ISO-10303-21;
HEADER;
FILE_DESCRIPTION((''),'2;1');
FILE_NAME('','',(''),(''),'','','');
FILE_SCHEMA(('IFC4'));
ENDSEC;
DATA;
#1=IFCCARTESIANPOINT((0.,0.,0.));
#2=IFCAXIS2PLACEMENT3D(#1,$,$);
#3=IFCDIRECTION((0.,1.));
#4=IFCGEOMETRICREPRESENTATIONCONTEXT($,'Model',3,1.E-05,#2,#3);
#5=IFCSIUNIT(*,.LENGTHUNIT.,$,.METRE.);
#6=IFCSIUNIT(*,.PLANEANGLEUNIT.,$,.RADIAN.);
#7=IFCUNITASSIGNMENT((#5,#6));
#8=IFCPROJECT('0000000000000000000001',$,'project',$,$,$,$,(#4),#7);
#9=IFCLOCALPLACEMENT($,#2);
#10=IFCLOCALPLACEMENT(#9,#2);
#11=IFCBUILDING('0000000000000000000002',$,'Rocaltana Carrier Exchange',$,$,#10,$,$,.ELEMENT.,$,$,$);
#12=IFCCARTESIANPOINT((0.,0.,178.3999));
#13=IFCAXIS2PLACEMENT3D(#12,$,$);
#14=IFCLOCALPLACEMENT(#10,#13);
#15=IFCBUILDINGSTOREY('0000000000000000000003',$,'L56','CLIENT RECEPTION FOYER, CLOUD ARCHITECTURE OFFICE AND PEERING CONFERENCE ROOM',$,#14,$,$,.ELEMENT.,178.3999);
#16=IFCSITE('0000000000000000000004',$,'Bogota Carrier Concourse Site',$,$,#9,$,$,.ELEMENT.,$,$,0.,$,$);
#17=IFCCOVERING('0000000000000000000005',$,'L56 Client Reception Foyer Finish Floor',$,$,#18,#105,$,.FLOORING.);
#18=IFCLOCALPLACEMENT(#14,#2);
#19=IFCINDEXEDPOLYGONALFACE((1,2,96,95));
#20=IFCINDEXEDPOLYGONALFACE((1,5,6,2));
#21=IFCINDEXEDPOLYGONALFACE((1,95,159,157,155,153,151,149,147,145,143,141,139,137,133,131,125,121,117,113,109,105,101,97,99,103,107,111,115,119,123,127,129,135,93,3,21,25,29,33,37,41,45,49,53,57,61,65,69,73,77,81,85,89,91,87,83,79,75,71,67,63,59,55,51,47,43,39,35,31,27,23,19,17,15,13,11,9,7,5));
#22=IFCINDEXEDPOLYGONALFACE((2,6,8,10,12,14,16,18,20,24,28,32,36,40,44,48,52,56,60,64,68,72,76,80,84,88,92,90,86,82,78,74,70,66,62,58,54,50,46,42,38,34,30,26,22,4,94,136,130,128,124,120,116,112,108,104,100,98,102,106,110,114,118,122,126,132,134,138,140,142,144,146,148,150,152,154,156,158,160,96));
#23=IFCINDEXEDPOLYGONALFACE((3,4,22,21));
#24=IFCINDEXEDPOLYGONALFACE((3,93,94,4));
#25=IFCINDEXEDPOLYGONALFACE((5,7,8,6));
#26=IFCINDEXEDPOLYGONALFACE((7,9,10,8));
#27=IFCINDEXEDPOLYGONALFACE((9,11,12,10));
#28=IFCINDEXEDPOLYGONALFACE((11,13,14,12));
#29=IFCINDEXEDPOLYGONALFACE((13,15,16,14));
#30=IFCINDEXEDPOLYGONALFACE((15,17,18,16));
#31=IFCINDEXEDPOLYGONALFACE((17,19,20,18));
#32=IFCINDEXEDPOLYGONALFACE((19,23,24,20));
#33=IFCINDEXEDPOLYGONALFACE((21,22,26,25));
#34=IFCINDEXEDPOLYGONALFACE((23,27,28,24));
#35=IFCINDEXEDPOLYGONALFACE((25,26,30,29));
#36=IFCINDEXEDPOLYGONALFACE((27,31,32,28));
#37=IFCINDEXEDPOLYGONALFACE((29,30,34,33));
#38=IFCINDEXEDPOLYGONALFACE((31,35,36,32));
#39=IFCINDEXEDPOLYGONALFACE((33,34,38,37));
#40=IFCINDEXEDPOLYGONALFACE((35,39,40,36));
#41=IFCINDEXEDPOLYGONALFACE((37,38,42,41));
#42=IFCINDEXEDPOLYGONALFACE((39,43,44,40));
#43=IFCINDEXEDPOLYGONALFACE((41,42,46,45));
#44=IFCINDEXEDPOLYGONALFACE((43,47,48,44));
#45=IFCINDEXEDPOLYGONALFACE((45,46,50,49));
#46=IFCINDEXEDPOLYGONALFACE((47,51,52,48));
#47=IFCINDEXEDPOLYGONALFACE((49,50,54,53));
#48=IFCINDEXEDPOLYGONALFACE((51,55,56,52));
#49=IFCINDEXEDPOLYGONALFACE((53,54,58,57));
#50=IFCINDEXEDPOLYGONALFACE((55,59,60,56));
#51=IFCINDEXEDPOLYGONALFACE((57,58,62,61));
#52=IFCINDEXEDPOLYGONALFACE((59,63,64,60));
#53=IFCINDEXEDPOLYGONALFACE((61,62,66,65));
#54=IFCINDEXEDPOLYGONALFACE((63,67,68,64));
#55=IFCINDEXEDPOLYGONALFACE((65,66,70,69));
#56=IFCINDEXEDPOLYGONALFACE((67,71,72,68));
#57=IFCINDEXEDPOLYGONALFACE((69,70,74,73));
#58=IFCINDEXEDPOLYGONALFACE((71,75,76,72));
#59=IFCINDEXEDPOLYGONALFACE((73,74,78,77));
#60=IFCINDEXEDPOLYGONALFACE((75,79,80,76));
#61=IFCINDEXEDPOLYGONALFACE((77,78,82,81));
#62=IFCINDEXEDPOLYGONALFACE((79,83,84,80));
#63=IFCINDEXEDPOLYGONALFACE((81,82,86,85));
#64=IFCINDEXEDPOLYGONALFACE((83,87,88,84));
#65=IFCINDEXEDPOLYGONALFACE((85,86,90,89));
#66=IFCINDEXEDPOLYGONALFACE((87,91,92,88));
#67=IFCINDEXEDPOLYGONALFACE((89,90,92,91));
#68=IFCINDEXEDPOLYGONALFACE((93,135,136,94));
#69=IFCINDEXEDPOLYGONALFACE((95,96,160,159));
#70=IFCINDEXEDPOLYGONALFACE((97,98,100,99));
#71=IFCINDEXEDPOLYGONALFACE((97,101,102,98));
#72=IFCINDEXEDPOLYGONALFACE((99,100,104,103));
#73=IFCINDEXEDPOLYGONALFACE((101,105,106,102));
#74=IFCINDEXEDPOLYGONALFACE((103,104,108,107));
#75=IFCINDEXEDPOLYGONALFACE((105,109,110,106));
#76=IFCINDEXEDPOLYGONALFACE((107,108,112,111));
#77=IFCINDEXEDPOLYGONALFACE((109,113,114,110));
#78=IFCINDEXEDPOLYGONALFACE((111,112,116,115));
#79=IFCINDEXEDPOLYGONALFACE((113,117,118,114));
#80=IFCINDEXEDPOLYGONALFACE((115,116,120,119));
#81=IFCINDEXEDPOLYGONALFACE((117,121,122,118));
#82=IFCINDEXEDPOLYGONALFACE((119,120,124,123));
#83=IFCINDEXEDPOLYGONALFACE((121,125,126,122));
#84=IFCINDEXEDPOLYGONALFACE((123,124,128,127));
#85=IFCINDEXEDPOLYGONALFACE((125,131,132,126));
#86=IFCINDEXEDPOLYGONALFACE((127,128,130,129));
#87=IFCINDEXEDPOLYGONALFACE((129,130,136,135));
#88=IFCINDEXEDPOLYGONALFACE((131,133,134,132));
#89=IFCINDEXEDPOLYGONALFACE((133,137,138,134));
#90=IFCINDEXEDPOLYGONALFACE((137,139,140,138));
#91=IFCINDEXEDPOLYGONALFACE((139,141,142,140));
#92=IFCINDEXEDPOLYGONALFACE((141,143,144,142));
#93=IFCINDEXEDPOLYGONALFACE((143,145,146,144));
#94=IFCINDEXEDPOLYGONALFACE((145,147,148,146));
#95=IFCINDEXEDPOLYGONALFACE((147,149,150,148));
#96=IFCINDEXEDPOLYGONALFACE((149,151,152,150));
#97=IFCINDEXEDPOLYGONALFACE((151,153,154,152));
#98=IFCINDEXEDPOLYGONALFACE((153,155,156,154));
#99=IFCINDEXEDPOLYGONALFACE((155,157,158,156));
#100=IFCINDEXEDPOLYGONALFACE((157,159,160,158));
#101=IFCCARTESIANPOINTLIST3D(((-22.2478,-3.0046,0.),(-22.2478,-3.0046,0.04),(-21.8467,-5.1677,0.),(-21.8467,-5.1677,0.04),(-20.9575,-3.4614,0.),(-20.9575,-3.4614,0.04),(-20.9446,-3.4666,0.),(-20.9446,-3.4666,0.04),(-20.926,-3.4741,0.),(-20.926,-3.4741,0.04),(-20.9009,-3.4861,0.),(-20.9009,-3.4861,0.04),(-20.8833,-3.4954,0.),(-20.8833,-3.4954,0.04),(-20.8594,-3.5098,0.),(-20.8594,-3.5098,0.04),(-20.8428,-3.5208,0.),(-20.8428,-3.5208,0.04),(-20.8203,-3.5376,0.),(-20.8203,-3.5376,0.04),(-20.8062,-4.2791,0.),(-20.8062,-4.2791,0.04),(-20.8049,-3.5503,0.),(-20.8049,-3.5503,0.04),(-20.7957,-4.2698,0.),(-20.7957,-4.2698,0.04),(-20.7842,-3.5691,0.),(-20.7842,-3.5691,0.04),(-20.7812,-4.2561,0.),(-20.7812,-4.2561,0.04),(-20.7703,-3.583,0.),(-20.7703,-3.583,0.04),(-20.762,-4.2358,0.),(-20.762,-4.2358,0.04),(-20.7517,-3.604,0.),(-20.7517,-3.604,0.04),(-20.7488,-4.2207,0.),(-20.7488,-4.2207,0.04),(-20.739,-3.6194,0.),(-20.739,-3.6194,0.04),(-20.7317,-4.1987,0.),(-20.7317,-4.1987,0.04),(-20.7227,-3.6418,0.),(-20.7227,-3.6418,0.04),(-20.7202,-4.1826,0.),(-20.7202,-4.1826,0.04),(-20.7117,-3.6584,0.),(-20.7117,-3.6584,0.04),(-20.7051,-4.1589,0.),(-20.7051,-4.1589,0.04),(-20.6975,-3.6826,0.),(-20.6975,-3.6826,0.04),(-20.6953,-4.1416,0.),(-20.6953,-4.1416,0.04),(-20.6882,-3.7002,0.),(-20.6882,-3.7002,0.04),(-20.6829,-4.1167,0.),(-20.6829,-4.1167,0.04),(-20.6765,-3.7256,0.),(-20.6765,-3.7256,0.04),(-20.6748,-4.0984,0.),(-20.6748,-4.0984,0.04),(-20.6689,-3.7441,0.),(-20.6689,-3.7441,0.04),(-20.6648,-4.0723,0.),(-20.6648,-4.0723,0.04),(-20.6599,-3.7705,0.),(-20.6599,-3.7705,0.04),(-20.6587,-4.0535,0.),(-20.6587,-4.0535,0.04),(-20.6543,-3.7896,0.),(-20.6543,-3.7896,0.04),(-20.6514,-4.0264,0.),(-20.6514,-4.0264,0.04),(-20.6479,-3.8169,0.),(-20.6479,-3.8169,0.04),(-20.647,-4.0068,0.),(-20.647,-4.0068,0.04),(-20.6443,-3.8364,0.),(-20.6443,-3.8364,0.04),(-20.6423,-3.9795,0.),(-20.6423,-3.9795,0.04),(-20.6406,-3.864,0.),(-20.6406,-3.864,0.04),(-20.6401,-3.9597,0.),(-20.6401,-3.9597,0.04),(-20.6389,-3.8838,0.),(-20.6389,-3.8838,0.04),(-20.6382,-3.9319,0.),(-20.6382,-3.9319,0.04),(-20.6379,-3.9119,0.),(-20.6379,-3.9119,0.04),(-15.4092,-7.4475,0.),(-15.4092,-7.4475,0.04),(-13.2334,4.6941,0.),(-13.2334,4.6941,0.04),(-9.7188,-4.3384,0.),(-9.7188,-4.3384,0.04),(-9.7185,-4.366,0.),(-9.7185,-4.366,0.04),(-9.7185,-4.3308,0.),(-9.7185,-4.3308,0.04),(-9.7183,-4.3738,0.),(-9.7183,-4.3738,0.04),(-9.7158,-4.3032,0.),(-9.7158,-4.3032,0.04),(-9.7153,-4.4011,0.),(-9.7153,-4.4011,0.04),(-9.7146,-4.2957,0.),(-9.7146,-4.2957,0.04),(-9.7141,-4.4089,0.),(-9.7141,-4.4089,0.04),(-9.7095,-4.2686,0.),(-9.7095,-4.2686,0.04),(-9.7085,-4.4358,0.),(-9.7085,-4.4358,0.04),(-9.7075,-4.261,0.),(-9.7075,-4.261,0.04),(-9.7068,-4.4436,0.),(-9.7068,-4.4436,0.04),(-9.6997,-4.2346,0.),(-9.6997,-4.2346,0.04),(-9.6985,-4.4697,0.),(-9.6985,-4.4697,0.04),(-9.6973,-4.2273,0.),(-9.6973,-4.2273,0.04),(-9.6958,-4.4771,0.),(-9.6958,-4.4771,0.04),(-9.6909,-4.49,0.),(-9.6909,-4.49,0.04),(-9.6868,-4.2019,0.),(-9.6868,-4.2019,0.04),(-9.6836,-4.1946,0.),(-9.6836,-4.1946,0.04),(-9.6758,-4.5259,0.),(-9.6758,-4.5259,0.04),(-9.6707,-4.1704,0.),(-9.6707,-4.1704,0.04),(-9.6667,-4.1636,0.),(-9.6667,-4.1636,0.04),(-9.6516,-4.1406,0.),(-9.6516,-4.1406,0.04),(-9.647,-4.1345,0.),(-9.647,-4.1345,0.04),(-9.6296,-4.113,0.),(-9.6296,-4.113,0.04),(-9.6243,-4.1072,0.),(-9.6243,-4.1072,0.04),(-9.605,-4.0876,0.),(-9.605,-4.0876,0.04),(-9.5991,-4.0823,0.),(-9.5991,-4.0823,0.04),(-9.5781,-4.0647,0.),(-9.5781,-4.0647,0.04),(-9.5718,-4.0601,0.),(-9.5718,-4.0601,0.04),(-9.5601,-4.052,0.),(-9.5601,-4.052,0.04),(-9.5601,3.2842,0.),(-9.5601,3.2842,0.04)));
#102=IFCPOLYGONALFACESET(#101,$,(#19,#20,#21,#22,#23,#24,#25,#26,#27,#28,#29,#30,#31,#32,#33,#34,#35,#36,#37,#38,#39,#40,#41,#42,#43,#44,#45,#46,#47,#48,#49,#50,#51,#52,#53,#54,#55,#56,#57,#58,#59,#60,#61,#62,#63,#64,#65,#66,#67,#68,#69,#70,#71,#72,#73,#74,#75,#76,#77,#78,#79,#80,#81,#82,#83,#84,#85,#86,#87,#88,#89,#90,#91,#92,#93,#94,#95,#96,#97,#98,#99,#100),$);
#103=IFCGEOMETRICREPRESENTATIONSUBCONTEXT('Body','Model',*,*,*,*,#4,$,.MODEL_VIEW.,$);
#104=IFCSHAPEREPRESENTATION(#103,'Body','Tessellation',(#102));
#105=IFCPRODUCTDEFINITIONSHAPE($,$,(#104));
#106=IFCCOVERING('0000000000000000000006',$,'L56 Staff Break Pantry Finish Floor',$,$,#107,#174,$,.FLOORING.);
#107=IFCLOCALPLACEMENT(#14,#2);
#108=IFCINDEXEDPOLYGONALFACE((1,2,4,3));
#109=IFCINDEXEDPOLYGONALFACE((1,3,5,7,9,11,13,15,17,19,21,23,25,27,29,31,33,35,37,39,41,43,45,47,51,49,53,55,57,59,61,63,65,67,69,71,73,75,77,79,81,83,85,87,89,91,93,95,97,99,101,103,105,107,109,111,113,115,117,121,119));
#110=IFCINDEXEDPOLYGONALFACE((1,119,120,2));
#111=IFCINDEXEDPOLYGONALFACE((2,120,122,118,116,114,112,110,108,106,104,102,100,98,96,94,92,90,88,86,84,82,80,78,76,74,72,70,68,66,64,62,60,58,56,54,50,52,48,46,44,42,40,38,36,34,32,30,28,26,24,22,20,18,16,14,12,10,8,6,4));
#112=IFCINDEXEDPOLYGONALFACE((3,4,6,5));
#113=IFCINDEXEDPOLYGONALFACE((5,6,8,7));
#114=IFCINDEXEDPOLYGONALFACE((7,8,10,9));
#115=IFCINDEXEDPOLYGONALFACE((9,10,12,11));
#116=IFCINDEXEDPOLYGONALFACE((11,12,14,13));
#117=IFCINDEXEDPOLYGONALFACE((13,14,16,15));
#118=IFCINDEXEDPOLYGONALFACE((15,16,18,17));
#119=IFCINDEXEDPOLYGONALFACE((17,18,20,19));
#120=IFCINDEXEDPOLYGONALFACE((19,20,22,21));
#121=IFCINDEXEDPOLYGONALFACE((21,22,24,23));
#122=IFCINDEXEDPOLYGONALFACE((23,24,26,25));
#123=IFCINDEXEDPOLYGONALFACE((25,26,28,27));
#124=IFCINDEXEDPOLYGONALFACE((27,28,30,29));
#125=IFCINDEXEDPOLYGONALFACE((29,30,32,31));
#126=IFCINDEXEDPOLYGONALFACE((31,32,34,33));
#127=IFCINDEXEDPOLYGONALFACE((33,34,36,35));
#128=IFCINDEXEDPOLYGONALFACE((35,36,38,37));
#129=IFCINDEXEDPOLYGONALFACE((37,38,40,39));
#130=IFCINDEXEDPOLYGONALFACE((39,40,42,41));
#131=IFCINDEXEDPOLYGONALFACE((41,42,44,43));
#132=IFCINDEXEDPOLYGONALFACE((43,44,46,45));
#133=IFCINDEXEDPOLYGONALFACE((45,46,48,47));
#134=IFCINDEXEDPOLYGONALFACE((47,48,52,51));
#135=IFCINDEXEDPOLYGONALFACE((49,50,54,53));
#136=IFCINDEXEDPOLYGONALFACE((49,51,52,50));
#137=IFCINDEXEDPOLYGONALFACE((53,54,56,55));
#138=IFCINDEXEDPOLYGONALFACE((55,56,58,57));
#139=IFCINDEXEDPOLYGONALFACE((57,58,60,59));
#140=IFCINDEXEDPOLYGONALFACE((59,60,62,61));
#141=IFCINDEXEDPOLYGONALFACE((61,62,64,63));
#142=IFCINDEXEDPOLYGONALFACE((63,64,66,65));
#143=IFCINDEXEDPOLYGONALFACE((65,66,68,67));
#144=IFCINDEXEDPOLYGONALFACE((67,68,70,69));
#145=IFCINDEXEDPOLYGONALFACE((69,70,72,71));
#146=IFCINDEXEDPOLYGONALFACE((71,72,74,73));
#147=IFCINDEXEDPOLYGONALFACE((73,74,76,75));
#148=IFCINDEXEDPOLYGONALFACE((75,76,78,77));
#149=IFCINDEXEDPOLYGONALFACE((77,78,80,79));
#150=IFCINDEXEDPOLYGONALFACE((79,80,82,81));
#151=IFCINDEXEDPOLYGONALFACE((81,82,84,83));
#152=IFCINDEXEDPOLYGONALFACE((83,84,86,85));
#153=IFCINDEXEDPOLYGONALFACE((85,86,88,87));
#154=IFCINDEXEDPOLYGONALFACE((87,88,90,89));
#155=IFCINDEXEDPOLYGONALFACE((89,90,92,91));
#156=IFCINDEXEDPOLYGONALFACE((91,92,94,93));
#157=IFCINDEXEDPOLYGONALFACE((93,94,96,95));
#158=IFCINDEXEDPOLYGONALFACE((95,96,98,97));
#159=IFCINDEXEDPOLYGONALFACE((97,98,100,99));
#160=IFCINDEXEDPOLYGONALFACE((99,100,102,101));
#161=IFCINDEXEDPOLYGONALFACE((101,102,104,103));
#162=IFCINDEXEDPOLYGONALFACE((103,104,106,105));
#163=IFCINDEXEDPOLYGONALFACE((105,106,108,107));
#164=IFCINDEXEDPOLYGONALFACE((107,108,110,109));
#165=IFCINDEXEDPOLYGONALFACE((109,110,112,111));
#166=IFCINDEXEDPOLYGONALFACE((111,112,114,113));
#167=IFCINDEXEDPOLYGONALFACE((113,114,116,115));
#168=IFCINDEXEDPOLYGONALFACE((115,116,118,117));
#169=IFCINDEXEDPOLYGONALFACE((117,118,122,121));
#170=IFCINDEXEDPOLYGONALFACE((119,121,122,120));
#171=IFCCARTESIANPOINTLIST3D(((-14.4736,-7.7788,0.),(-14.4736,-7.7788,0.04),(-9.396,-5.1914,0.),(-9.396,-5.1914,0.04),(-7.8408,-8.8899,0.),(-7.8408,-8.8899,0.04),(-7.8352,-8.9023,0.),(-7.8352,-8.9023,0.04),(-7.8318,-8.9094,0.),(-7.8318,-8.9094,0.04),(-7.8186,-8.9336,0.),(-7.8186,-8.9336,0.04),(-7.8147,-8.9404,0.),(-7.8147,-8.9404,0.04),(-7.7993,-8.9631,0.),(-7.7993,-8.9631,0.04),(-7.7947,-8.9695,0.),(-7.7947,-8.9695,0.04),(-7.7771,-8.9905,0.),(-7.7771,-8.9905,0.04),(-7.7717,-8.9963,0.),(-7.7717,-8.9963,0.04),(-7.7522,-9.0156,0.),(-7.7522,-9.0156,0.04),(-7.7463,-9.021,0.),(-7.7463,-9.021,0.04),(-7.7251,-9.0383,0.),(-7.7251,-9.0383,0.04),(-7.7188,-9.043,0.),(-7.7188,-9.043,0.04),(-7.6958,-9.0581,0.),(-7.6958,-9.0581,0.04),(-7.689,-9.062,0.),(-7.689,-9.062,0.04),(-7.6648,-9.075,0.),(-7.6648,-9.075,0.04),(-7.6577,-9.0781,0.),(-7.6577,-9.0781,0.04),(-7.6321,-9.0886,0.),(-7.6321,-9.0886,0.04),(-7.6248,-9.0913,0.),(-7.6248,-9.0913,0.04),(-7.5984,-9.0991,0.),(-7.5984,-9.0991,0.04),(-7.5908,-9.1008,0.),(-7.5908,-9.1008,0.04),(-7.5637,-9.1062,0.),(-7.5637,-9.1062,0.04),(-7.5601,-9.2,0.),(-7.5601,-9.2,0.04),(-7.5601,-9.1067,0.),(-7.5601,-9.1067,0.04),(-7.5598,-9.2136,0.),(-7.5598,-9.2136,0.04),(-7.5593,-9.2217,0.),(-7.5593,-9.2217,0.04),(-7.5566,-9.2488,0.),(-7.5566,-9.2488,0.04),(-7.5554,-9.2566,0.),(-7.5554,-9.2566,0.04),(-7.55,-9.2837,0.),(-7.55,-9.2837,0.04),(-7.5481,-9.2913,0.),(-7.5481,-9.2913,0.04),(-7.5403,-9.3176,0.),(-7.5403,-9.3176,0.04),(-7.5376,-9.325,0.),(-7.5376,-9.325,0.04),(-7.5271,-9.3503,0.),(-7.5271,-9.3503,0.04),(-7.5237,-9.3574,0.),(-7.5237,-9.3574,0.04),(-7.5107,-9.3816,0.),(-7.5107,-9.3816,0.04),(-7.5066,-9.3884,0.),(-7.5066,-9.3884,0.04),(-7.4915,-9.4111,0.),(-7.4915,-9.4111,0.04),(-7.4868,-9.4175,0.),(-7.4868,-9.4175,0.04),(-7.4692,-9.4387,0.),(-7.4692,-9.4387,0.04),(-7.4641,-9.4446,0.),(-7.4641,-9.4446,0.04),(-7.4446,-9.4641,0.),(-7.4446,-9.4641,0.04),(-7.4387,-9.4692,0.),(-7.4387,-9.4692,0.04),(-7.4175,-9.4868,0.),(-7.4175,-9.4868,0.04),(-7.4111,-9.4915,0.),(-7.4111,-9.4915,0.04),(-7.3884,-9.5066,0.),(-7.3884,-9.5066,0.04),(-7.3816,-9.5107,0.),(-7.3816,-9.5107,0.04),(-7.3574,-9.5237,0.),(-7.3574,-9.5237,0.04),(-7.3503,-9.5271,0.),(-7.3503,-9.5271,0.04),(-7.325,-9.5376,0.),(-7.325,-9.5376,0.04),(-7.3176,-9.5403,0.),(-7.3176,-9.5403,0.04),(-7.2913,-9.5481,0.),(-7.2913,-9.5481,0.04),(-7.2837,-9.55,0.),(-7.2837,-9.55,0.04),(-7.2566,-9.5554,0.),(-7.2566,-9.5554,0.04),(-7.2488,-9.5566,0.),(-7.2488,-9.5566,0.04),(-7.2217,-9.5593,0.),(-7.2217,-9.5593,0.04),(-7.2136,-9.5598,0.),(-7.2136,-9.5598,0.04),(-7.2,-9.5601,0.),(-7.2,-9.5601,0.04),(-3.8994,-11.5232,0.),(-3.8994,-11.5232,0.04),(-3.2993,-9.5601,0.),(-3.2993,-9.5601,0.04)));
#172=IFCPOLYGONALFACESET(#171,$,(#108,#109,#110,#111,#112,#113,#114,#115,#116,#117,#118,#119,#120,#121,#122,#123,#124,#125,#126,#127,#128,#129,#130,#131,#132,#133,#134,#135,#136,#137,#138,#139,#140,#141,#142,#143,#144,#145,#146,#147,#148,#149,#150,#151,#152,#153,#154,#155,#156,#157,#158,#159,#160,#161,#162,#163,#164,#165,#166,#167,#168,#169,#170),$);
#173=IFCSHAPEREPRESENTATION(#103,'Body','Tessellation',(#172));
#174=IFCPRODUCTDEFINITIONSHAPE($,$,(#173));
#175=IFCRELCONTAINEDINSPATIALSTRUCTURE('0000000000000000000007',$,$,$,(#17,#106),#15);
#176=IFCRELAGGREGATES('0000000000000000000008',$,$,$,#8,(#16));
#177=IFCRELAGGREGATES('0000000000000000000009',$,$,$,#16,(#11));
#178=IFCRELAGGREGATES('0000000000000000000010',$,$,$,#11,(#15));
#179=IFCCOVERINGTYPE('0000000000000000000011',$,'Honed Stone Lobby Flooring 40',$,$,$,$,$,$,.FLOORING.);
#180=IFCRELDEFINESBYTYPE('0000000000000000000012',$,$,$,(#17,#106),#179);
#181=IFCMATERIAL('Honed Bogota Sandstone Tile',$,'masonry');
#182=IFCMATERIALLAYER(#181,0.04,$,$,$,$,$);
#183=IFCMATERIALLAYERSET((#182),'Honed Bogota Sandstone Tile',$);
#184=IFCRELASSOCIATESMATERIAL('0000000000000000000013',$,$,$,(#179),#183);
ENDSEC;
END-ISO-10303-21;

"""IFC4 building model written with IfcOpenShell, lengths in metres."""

from ifc_helpers import new_model, si_unit, direction, frame, origin, place, context, subcontext, project, spatial, polyline, outline, extrude, material, layer, layer_set, type_object, element, save


model = new_model("IFC4")

# Units and contexts
model_context = context("Model", 3, precision=1e-05, world=origin(), true_north=direction((0.0, 1.0)))
body_context = subcontext(model_context, "Body", "Model", "MODEL_VIEW")
ifc_project = project(units=[si_unit("LENGTHUNIT", "METRE"), si_unit("PLANEANGLEUNIT", "RADIAN")], contexts=[model_context])

# Site, building, storey
site_placement = place(None, origin())
site = spatial("IfcSite", under=ifc_project, at=site_placement, Name="Bogota Carrier Concourse Site", CompositionType="ELEMENT", RefElevation=0.0)
building_placement = place(site_placement, origin())
building = spatial("IfcBuilding", under=site, at=building_placement, Name="Rocaltana Carrier Exchange", CompositionType="ELEMENT")
storey_placement = place(building_placement, frame((0.0, 0.0, 178.3999)))
storey = spatial("IfcBuildingStorey", under=building, at=storey_placement, Name="L56", Description="CLIENT RECEPTION FOYER, CLOUD ARCHITECTURE OFFICE AND PEERING CONFERENCE ROOM", CompositionType="ELEMENT", Elevation=178.3999)

# Coverings
ifc_material_1 = material(Name="Honed Bogota Sandstone Tile", Category="masonry")
ifc_layer_1 = layer(ifc_material_1, 0.04)
ifc_layer_set_1 = layer_set([ifc_layer_1], Name="Honed Bogota Sandstone Tile")
covering_type_1 = type_object("IfcCoveringType", Name="Honed Stone Lobby Flooring 40", PredefinedType="FLOORING", material=ifc_layer_set_1)
covering_1_placement = place(storey_placement, origin())
element("IfcCovering", 1, at=covering_1_placement, inside=storey, type_object=covering_type_1, Name="L56 Client Reception Foyer Finish Floor", PredefinedType="FLOORING", context=body_context, shape_type="SweptSolid", body=[
    extrude(outline(polyline([(-20.8062, -4.2791), (-20.7957, -4.2698), (-20.7812, -4.2561), (-20.762, -4.2358), (-20.7488, -4.2207), (-20.7317, -4.1987), (-20.7202, -4.1826), (-20.7051, -4.1589), (-20.6953, -4.1416), (-20.6829, -4.1167), (-20.6748, -4.0984), (-20.6648, -4.0723), (-20.6587, -4.0535), (-20.6514, -4.0264), (-20.647, -4.0068), (-20.6423, -3.9795), (-20.6401, -3.9597), (-20.6382, -3.9319), (-20.6379, -3.9119), (-20.6389, -3.8838), (-20.6406, -3.864), (-20.6443, -3.8364), (-20.6479, -3.8169), (-20.6543, -3.7896), (-20.6599, -3.7705), (-20.6689, -3.7441), (-20.6765, -3.7256), (-20.6882, -3.7002), (-20.6975, -3.6826), (-20.7117, -3.6584), (-20.7227, -3.6418), (-20.739, -3.6194), (-20.7517, -3.604), (-20.7703, -3.583), (-20.7842, -3.5691), (-20.8049, -3.5503), (-20.8203, -3.5376), (-20.8428, -3.5208), (-20.8594, -3.5098), (-20.8833, -3.4954), (-20.9009, -3.4861), (-20.926, -3.4741), (-20.9446, -3.4666), (-20.9575, -3.4614), (-22.2478, -3.0046), (-13.2334, 4.6941), (-9.5601, 3.2842), (-9.5601, -4.052), (-9.5718, -4.0601), (-9.5781, -4.0647), (-9.5991, -4.0823), (-9.605, -4.0876), (-9.6243, -4.1072), (-9.6296, -4.113), (-9.647, -4.1345), (-9.6516, -4.1406), (-9.6667, -4.1636), (-9.6707, -4.1704), (-9.6836, -4.1946), (-9.6868, -4.2019), (-9.6973, -4.2273), (-9.6997, -4.2346), (-9.7075, -4.261), (-9.7095, -4.2686), (-9.7146, -4.2957), (-9.7158, -4.3032), (-9.7185, -4.3308), (-9.7188, -4.3384), (-9.7185, -4.366), (-9.7183, -4.3738), (-9.7153, -4.4011), (-9.7141, -4.4089), (-9.7085, -4.4358), (-9.7068, -4.4436), (-9.6985, -4.4697), (-9.6958, -4.4771), (-9.6909, -4.49), (-9.6758, -4.5259), (-15.4092, -7.4475), (-21.8467, -5.1677), (-20.8062, -4.2791)])), origin(), (0.0, 0.0, 1.0), 0.04),
])
covering_2_placement = place(storey_placement, origin())
element("IfcCovering", 2, at=covering_2_placement, inside=storey, type_object=covering_type_1, Name="L56 Staff Break Pantry Finish Floor", PredefinedType="FLOORING", context=body_context, shape_type="SweptSolid", body=[
    extrude(outline(polyline([(-14.4736, -7.7788), (-9.396, -5.1914), (-7.8408, -8.8899), (-7.8352, -8.9023), (-7.8318, -8.9094), (-7.8186, -8.9336), (-7.8147, -8.9404), (-7.7993, -8.9631), (-7.7947, -8.9695), (-7.7771, -8.9905), (-7.7717, -8.9963), (-7.7522, -9.0156), (-7.7463, -9.021), (-7.7251, -9.0383), (-7.7188, -9.043), (-7.6958, -9.0581), (-7.689, -9.062), (-7.6648, -9.075), (-7.6577, -9.0781), (-7.6321, -9.0886), (-7.6248, -9.0913), (-7.5984, -9.0991), (-7.5908, -9.1008), (-7.5637, -9.1062), (-7.5601, -9.1067), (-7.5601, -9.2), (-7.5598, -9.2136), (-7.5593, -9.2217), (-7.5566, -9.2488), (-7.5554, -9.2566), (-7.55, -9.2837), (-7.5481, -9.2913), (-7.5403, -9.3176), (-7.5376, -9.325), (-7.5271, -9.3503), (-7.5237, -9.3574), (-7.5107, -9.3816), (-7.5066, -9.3884), (-7.4915, -9.4111), (-7.4868, -9.4175), (-7.4692, -9.4387), (-7.4641, -9.4446), (-7.4446, -9.4641), (-7.4387, -9.4692), (-7.4175, -9.4868), (-7.4111, -9.4915), (-7.3884, -9.5066), (-7.3816, -9.5107), (-7.3574, -9.5237), (-7.3503, -9.5271), (-7.325, -9.5376), (-7.3176, -9.5403), (-7.2913, -9.5481), (-7.2837, -9.55), (-7.2566, -9.5554), (-7.2488, -9.5566), (-7.2217, -9.5593), (-7.2136, -9.5598), (-7.2, -9.5601), (-3.2993, -9.5601), (-3.8994, -11.5232), (-14.4736, -7.7788)])), origin(), (0.0, 0.0, 1.0), 0.04),
])

save(model, "model.ifc")
